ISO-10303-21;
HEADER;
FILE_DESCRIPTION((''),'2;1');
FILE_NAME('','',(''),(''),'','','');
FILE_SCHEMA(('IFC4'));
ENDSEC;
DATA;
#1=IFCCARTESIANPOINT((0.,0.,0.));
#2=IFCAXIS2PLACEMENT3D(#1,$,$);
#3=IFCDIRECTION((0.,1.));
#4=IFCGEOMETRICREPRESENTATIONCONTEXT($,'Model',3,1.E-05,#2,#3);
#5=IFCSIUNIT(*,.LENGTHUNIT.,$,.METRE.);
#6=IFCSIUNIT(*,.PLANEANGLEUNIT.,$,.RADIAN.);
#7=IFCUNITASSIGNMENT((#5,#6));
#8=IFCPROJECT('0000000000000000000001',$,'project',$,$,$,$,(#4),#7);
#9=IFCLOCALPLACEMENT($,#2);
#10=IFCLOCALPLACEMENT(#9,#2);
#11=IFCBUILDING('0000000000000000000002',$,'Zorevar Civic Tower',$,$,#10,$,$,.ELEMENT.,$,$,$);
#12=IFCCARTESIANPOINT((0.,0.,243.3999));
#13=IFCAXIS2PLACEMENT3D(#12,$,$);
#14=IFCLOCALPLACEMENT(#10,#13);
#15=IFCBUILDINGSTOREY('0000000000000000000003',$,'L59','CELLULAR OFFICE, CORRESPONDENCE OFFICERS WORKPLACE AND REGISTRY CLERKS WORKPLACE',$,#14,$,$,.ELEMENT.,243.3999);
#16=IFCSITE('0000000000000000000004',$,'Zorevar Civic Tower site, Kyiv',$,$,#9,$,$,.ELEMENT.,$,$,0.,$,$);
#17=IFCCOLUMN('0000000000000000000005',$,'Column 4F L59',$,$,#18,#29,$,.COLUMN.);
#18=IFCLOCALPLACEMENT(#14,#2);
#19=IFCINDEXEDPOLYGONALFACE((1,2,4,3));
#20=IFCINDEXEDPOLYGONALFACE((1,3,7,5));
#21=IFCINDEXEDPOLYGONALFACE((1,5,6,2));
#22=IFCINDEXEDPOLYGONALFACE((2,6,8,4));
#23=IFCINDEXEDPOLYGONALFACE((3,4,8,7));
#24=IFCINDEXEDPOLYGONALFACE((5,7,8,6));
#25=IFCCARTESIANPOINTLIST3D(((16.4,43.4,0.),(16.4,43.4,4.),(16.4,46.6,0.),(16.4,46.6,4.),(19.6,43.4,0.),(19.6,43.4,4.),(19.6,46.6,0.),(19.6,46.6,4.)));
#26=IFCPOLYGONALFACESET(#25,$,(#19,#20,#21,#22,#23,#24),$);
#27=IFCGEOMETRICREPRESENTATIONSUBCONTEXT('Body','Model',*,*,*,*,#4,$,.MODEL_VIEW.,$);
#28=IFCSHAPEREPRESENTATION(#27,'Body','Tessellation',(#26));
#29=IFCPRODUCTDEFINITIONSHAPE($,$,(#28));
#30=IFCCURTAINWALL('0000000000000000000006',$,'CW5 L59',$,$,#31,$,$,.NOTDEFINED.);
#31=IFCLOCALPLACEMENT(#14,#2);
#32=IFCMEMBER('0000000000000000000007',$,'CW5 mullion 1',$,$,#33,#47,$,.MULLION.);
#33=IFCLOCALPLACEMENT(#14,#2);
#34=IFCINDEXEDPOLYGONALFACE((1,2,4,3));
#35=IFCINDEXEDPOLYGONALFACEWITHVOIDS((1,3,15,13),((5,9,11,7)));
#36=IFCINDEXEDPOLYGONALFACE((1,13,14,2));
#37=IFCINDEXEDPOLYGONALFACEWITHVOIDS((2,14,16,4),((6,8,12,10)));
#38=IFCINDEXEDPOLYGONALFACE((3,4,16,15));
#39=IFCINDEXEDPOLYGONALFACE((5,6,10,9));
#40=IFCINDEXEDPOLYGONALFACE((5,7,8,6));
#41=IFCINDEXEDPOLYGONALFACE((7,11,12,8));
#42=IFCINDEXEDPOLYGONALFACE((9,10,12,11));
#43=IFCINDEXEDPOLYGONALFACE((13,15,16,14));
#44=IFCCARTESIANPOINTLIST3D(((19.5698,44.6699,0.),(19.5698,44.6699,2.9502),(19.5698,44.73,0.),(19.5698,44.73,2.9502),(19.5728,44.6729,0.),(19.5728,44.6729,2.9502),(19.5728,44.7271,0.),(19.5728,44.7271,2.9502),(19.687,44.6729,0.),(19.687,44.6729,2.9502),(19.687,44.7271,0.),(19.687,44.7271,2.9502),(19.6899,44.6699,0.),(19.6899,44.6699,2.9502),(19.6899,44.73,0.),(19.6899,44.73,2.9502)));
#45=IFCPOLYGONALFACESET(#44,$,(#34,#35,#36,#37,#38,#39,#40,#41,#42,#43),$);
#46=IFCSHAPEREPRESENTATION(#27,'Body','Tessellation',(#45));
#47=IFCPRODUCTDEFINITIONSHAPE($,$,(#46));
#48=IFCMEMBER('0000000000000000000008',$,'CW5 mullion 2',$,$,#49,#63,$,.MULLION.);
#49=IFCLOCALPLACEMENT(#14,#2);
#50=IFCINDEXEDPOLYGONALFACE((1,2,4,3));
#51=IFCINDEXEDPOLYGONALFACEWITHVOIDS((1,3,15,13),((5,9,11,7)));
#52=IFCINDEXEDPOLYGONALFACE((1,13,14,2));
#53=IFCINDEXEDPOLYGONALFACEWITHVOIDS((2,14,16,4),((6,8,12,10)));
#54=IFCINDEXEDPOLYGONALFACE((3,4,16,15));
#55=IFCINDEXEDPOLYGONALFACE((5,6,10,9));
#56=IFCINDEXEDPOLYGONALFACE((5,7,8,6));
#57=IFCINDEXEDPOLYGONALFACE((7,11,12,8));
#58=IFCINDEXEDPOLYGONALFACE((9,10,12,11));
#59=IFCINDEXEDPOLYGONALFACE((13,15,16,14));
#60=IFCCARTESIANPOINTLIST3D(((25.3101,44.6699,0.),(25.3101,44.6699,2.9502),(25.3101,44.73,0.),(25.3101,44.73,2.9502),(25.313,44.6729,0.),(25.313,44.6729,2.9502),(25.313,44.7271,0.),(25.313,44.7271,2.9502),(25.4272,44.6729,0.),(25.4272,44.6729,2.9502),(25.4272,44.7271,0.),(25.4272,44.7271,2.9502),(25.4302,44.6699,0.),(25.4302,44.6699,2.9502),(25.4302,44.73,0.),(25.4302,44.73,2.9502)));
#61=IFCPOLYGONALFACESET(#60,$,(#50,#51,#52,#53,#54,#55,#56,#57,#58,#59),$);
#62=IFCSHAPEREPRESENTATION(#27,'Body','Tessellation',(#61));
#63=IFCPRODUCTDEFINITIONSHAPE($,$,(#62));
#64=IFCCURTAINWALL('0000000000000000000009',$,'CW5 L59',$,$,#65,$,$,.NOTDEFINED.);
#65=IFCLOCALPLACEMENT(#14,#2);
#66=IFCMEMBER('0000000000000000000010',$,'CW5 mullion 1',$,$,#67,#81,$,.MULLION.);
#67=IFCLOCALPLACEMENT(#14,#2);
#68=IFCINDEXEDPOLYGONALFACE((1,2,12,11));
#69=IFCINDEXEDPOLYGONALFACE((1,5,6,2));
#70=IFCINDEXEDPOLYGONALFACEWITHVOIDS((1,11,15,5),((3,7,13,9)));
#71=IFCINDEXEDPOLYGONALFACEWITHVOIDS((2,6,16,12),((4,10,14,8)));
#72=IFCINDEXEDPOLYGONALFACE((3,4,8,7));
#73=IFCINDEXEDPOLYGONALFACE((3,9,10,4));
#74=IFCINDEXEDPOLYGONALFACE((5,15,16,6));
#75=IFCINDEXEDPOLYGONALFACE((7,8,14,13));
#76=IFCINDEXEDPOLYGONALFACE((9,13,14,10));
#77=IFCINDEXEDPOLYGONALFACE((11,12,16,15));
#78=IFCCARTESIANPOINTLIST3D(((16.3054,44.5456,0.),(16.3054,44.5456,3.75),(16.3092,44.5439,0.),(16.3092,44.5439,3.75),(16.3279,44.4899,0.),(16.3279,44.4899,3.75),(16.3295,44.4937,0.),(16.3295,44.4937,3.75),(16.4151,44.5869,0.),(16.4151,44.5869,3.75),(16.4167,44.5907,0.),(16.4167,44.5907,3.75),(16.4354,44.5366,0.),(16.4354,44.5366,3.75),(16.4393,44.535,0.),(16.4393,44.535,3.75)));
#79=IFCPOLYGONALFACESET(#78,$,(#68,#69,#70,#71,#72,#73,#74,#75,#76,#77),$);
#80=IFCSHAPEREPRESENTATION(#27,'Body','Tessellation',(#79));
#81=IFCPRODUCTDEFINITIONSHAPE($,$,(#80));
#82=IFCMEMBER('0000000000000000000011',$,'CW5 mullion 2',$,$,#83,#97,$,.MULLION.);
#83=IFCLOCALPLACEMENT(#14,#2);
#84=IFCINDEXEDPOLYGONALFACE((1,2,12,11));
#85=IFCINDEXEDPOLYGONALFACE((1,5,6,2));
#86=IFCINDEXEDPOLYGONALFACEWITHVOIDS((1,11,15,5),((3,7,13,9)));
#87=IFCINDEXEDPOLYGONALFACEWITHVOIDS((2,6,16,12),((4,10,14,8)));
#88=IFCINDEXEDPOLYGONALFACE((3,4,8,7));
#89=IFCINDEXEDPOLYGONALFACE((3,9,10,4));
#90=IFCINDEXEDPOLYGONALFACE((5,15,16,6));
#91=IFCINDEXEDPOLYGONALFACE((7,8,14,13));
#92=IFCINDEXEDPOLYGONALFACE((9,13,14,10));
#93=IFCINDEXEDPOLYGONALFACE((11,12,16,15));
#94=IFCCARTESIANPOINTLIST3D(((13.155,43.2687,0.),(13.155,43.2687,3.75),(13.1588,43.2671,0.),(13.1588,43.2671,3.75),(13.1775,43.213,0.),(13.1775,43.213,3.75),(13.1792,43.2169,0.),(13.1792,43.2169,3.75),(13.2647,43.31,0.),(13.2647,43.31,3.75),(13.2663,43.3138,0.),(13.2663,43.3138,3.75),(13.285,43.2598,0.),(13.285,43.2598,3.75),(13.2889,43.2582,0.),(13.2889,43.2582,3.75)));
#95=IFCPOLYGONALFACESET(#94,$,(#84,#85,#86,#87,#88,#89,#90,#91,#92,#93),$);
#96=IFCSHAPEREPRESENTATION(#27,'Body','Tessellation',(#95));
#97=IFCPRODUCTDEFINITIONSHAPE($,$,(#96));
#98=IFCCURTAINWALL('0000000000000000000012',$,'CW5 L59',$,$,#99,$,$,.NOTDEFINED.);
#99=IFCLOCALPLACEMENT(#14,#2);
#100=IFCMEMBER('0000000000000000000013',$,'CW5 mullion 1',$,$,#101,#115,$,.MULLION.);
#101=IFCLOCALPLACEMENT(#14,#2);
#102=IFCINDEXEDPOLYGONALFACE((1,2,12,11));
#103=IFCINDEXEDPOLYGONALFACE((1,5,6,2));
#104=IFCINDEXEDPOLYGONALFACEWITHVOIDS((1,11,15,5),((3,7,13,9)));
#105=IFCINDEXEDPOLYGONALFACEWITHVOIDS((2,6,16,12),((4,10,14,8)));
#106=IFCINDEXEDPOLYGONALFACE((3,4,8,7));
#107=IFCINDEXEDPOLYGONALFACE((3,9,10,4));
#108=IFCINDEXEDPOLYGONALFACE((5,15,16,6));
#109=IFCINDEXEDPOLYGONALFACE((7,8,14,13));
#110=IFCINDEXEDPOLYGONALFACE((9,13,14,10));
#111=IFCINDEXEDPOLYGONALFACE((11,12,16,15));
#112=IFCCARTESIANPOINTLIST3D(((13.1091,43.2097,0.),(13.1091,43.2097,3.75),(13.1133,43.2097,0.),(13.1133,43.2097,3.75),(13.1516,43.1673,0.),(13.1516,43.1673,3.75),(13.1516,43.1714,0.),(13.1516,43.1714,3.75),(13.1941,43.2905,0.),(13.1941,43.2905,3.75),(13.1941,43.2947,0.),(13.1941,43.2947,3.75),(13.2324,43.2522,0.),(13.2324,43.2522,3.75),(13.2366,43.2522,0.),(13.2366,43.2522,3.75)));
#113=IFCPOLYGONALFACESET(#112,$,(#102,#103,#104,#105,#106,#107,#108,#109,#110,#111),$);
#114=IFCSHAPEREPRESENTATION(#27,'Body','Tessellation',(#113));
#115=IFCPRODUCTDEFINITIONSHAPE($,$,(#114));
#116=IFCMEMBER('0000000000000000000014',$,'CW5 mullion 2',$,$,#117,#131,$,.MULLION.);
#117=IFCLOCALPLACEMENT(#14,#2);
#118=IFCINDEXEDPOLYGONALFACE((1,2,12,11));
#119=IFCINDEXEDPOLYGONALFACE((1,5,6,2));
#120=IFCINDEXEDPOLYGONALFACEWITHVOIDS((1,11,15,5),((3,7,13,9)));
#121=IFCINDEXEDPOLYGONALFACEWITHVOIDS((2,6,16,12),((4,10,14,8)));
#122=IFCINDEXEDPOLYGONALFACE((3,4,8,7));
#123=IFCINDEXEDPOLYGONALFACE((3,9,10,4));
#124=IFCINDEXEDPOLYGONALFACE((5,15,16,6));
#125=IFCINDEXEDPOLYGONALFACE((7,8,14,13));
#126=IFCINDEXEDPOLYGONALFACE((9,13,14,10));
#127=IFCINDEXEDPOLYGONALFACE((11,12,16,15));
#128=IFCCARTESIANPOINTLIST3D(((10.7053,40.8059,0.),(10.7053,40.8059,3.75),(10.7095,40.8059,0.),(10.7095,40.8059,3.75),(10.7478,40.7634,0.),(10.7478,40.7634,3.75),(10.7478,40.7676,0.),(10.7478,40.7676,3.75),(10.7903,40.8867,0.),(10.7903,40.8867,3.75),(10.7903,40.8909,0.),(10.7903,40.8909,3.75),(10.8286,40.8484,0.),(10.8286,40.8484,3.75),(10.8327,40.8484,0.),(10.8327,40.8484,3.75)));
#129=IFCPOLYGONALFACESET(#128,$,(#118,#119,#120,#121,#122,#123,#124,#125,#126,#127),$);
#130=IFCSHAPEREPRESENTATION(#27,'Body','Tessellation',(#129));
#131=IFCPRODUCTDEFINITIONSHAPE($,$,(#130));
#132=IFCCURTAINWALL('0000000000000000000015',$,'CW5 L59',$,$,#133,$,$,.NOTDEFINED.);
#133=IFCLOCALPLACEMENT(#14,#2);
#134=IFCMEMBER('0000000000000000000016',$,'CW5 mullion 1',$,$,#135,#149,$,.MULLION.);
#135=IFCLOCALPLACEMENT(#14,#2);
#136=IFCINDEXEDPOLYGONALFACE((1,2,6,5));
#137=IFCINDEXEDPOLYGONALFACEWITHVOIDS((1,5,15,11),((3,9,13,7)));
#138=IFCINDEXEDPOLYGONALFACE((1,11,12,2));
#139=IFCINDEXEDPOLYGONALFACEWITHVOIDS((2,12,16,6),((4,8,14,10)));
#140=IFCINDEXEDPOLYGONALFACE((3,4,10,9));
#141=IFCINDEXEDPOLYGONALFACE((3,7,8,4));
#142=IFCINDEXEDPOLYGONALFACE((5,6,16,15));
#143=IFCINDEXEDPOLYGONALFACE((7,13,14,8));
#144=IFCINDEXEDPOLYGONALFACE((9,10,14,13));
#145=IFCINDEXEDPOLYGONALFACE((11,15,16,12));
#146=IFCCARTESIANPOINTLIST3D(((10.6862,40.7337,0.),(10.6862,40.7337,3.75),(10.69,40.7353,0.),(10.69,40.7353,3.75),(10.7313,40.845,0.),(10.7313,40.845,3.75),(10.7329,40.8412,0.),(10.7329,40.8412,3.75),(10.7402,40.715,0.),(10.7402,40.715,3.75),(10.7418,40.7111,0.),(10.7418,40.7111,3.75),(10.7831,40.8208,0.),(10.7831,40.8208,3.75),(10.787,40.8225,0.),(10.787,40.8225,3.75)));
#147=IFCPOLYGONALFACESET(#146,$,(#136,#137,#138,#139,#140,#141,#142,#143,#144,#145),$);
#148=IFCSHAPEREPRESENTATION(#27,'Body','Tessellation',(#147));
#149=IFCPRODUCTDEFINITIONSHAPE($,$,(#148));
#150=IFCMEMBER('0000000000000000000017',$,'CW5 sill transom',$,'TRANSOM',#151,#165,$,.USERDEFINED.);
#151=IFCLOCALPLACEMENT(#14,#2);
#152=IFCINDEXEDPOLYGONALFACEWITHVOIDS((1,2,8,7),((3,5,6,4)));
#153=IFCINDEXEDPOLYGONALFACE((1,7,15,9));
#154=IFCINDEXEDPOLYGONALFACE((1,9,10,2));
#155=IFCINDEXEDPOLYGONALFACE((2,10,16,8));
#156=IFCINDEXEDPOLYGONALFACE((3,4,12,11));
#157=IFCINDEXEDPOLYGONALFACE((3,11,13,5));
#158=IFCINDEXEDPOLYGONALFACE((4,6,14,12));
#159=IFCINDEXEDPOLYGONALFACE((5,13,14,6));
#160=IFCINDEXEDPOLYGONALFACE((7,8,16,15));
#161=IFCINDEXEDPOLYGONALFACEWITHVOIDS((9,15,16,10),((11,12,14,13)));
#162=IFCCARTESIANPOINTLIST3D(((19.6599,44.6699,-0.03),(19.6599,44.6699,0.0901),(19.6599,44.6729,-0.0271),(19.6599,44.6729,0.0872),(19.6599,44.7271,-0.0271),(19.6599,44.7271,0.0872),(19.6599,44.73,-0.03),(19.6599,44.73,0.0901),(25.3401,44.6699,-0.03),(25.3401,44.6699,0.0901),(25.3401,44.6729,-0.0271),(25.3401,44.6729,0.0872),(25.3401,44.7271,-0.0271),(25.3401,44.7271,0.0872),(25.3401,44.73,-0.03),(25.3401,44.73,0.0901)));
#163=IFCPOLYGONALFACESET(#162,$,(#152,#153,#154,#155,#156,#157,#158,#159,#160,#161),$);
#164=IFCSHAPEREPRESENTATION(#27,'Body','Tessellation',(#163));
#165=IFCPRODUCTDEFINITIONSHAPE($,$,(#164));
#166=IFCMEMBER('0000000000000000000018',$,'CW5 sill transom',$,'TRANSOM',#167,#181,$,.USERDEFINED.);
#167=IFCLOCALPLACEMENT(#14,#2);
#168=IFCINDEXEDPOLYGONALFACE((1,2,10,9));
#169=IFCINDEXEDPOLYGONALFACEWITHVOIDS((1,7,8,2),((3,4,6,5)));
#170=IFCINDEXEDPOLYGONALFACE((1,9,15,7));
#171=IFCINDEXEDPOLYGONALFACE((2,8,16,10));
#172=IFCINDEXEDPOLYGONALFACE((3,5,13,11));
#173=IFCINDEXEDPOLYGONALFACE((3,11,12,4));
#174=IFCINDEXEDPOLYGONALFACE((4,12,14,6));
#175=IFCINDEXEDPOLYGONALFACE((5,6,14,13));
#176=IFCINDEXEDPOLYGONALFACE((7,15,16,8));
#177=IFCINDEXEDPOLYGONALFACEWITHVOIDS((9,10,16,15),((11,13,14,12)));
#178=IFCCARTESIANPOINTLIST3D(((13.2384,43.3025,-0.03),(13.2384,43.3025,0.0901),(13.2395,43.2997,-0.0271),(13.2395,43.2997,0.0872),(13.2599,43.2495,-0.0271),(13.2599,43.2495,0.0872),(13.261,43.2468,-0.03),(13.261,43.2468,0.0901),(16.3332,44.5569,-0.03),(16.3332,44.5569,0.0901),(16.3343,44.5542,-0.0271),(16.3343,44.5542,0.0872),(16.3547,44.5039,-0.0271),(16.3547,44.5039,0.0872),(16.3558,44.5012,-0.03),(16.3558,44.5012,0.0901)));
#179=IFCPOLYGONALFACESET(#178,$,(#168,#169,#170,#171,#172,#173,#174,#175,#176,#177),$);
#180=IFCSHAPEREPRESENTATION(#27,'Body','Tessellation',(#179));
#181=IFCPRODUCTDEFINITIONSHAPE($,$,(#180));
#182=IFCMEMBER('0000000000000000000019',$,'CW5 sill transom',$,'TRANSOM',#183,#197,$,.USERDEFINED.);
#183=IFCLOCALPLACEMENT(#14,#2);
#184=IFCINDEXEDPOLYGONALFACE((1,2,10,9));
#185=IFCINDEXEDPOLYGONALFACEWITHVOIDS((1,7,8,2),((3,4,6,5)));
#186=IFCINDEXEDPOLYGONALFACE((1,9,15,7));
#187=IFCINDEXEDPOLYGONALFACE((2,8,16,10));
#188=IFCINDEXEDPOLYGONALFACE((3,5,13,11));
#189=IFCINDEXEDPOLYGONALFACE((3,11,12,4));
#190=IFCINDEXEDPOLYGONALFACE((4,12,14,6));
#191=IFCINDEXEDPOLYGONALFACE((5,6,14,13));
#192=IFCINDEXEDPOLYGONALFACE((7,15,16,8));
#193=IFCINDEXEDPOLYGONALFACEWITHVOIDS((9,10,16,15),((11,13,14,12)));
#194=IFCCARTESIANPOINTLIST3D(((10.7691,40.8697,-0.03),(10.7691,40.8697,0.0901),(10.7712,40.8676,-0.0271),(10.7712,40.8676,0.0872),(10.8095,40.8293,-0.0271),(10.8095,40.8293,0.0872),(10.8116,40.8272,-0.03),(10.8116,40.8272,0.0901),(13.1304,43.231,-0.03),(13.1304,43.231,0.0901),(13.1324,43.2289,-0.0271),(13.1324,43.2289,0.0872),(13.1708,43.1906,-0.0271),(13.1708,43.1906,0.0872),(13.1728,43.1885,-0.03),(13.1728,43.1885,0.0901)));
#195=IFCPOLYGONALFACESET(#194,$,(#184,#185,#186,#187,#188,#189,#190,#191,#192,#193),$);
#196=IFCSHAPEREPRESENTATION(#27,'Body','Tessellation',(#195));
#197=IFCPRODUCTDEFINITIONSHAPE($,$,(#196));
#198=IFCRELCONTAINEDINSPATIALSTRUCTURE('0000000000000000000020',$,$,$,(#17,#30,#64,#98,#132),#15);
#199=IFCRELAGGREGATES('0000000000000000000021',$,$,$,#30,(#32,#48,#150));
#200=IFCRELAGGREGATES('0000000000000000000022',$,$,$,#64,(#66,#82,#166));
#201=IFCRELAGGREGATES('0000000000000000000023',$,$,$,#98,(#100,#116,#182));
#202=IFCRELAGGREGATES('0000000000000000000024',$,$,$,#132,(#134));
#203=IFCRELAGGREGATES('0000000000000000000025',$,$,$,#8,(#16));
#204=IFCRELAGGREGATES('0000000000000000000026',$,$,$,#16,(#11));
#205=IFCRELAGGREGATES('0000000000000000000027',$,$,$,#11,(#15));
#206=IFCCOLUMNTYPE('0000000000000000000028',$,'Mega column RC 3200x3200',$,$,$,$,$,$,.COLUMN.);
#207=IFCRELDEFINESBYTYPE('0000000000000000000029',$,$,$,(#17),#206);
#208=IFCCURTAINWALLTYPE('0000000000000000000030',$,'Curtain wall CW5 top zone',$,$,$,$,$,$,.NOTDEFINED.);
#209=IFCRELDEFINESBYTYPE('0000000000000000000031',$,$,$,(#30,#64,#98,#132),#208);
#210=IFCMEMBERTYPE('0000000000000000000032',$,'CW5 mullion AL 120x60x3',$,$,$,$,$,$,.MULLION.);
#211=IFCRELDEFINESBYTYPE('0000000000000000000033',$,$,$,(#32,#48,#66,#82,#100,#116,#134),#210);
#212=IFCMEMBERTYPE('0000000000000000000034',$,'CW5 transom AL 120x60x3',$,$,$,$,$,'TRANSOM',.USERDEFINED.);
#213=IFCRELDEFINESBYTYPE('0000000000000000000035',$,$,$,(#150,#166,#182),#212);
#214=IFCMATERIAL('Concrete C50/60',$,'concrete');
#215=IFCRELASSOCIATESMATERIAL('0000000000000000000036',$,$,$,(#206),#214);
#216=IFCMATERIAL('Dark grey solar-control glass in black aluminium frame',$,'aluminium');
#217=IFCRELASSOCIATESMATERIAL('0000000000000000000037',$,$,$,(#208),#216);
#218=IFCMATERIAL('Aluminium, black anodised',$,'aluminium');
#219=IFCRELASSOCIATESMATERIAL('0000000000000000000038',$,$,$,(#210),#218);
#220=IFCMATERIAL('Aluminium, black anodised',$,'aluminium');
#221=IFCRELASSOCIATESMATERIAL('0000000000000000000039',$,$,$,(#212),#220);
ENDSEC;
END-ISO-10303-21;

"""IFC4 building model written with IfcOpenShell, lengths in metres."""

from ifc_helpers import new_model, si_unit, direction, frame, origin, origin_2d, place, context, subcontext, project, spatial, rectangle, hollow_rectangle, extrude, material, material_profile, profile_set, type_object, element, aggregate, save


model = new_model("IFC4")

# Units and contexts
model_context = context("Model", 3, precision=1e-05, world=origin(), true_north=direction((0.0, 1.0)))
body_context = subcontext(model_context, "Body", "Model", "MODEL_VIEW")
ifc_project = project(units=[si_unit("LENGTHUNIT", "METRE"), si_unit("PLANEANGLEUNIT", "RADIAN")], contexts=[model_context])

# Site, building, storey
site_placement = place(None, origin())
site = spatial("IfcSite", under=ifc_project, at=site_placement, Name="Zorevar Civic Tower site, Kyiv", CompositionType="ELEMENT", RefElevation=0.0)
building_placement = place(site_placement, origin())
building = spatial("IfcBuilding", under=site, at=building_placement, Name="Zorevar Civic Tower", CompositionType="ELEMENT")
storey_placement = place(building_placement, frame((0.0, 0.0, 243.3999)))
storey = spatial("IfcBuildingStorey", under=building, at=storey_placement, Name="L59", Description="CELLULAR OFFICE, CORRESPONDENCE OFFICERS WORKPLACE AND REGISTRY CLERKS WORKPLACE", CompositionType="ELEMENT", Elevation=243.3999)

# Column
ifc_material_1 = material(Name="Concrete C50/60", Category="concrete")
ifc_material_profile_1 = material_profile(ifc_material_1, rectangle(XDim=3.2, YDim=3.2, at=origin_2d()), Name="RC 3200x3200")
ifc_profile_set_1 = profile_set([ifc_material_profile_1], Name="Concrete C50/60")
column_type = type_object("IfcColumnType", Name="Mega column RC 3200x3200", PredefinedType="COLUMN", material=ifc_profile_set_1)
column_placement = place(storey_placement, frame((18.0, 45.0, 0.0), z_axis=(0.0, 0.0, 1.0), x_axis=(1.0, 0.0, 0.0)))
element("IfcColumn", 1, at=column_placement, inside=storey, type_object=column_type, Name="Column 4F L59", PredefinedType="COLUMN", context=body_context, shape_type="SweptSolid", body=[
    extrude(rectangle(XDim=3.2, YDim=3.2, at=origin_2d()), origin(), (0.0, 0.0, 1.0), 4.0),
])

# Curtain walls, members
ifc_material_2 = material(Name="Dark grey solar-control glass in black aluminium frame", Category="aluminium")
curtain_wall_type = type_object("IfcCurtainWallType", Name="Curtain wall CW5 top zone", PredefinedType="NOTDEFINED", material=ifc_material_2)
curtain_wall_1_placement = place(storey_placement, origin())
curtain_wall_1 = element("IfcCurtainWall", 2, at=curtain_wall_1_placement, inside=storey, type_object=curtain_wall_type, Name="CW5 L59", PredefinedType="NOTDEFINED")
ifc_material_3 = material(Name="Aluminium, black anodised", Category="aluminium")
ifc_material_profile_2 = material_profile(ifc_material_3, hollow_rectangle(XDim=0.0601, YDim=0.1201, WallThickness=0.0029, at=origin_2d()), Name="AL 120x60x3")
ifc_profile_set_2 = profile_set([ifc_material_profile_2], Name="Aluminium, black anodised")
member_type_1 = type_object("IfcMemberType", Name="CW5 mullion AL 120x60x3", PredefinedType="MULLION", material=ifc_profile_set_2)
member_1_placement = place(storey_placement, frame((19.6299, 44.7, 0.0), z_axis=(0.0, 0.0, 1.0), x_axis=(0.0, 1.0, 0.0)))
member_1 = element("IfcMember", 3, at=member_1_placement, type_object=member_type_1, Name="CW5 mullion 1", PredefinedType="MULLION", context=body_context, shape_type="SweptSolid", body=[
    extrude(hollow_rectangle(XDim=0.0601, YDim=0.1201, WallThickness=0.0029, at=origin_2d()), origin(), (0.0, 0.0, 1.0), 2.9502),
])
member_2_placement = place(storey_placement, frame((25.3701, 44.7, 0.0), z_axis=(0.0, 0.0, 1.0), x_axis=(0.0, 1.0, 0.0)))
member_2 = element("IfcMember", 4, at=member_2_placement, type_object=member_type_1, Name="CW5 mullion 2", PredefinedType="MULLION", context=body_context, shape_type="SweptSolid", body=[
    extrude(hollow_rectangle(XDim=0.0601, YDim=0.1201, WallThickness=0.0029, at=origin_2d()), origin(), (0.0, 0.0, 1.0), 2.9502),
])
curtain_wall_2_placement = place(storey_placement, origin())
curtain_wall_2 = element("IfcCurtainWall", 5, at=curtain_wall_2_placement, inside=storey, type_object=curtain_wall_type, Name="CW5 L59", PredefinedType="NOTDEFINED")
member_3_placement = place(storey_placement, frame((16.3723, 44.5403, 0.0), z_axis=(0.0, 0.0, 1.0), x_axis=(0.37565, -0.926762, 0.0)))
member_3 = element("IfcMember", 6, at=member_3_placement, type_object=member_type_1, Name="CW5 mullion 1", PredefinedType="MULLION", context=body_context, shape_type="SweptSolid", body=[
    extrude(hollow_rectangle(XDim=0.0601, YDim=0.1201, WallThickness=0.0029, at=origin_2d()), origin(), (0.0, 0.0, 1.0), 3.75),
])
member_4_placement = place(storey_placement, frame((13.2219, 43.2634, 0.0), z_axis=(0.0, 0.0, 1.0), x_axis=(0.37565, -0.926762, 0.0)))
member_4 = element("IfcMember", 7, at=member_4_placement, type_object=member_type_1, Name="CW5 mullion 2", PredefinedType="MULLION", context=body_context, shape_type="SweptSolid", body=[
    extrude(hollow_rectangle(XDim=0.0601, YDim=0.1201, WallThickness=0.0029, at=origin_2d()), origin(), (0.0, 0.0, 1.0), 3.75),
])
curtain_wall_3_placement = place(storey_placement, origin())
curtain_wall_3 = element("IfcCurtainWall", 8, at=curtain_wall_3_placement, inside=storey, type_object=curtain_wall_type, Name="CW5 L59", PredefinedType="NOTDEFINED")
member_5_placement = place(storey_placement, frame((13.1729, 43.231, 0.0), z_axis=(0.0, 0.0, 1.0), x_axis=(0.707107, -0.707107, 0.0)))
member_5 = element("IfcMember", 9, at=member_5_placement, type_object=member_type_1, Name="CW5 mullion 1", PredefinedType="MULLION", context=body_context, shape_type="SweptSolid", body=[
    extrude(hollow_rectangle(XDim=0.0601, YDim=0.1201, WallThickness=0.0029, at=origin_2d()), origin(), (0.0, 0.0, 1.0), 3.75),
])
member_6_placement = place(storey_placement, frame((10.769, 40.8271, 0.0), z_axis=(0.0, 0.0, 1.0), x_axis=(0.707107, -0.707107, 0.0)))
member_6 = element("IfcMember", 10, at=member_6_placement, type_object=member_type_1, Name="CW5 mullion 2", PredefinedType="MULLION", context=body_context, shape_type="SweptSolid", body=[
    extrude(hollow_rectangle(XDim=0.0601, YDim=0.1201, WallThickness=0.0029, at=origin_2d()), origin(), (0.0, 0.0, 1.0), 3.75),
])

# Curtain wall, member
curtain_wall_4_placement = place(storey_placement, origin())
curtain_wall_4 = element("IfcCurtainWall", 11, at=curtain_wall_4_placement, inside=storey, type_object=curtain_wall_type, Name="CW5 L59", PredefinedType="NOTDEFINED")
member_7_placement = place(storey_placement, frame((10.7366, 40.7781, 0.0), z_axis=(0.0, 0.0, 1.0), x_axis=(0.926762, -0.37565, 0.0)))
member_7 = element("IfcMember", 12, at=member_7_placement, type_object=member_type_1, Name="CW5 mullion 1", PredefinedType="MULLION", context=body_context, shape_type="SweptSolid", body=[
    extrude(hollow_rectangle(XDim=0.0601, YDim=0.1201, WallThickness=0.0029, at=origin_2d()), origin(), (0.0, 0.0, 1.0), 3.75),
])

# Members
ifc_material_4 = material(Name="Aluminium, black anodised", Category="aluminium")
ifc_material_profile_3 = material_profile(ifc_material_4, hollow_rectangle(XDim=0.0601, YDim=0.1201, WallThickness=0.0029, at=origin_2d()), Name="AL 120x60x3")
ifc_profile_set_3 = profile_set([ifc_material_profile_3], Name="Aluminium, black anodised")
member_type_2 = type_object("IfcMemberType", Name="CW5 transom AL 120x60x3", ElementType="TRANSOM", PredefinedType="USERDEFINED", material=ifc_profile_set_3)
member_8_placement = place(storey_placement, frame((19.6599, 44.7, 0.03), z_axis=(1.0, 0.0, 0.0), x_axis=(0.0, 1.0, 0.0)))
member_8 = element("IfcMember", 13, at=member_8_placement, type_object=member_type_2, Name="CW5 sill transom", ObjectType="TRANSOM", PredefinedType="USERDEFINED", context=body_context, shape_type="SweptSolid", body=[
    extrude(hollow_rectangle(XDim=0.0601, YDim=0.1201, WallThickness=0.0029, at=origin_2d()), origin(), (0.0, 0.0, 1.0), 5.6802),
])
member_9_placement = place(storey_placement, frame((16.3445, 44.5291, 0.03), z_axis=(-0.926763, -0.375647, 0.0), x_axis=(0.375647, -0.926763, 0.0)))
member_9 = element("IfcMember", 14, at=member_9_placement, type_object=member_type_2, Name="CW5 sill transom", ObjectType="TRANSOM", PredefinedType="USERDEFINED", context=body_context, shape_type="SweptSolid", body=[
    extrude(hollow_rectangle(XDim=0.0601, YDim=0.1201, WallThickness=0.0029, at=origin_2d()), origin(), (0.0, 0.0, 1.0), 3.3394),
])
member_10_placement = place(storey_placement, frame((13.1516, 43.2097, 0.03), z_axis=(-0.707107, -0.707107, 0.0), x_axis=(0.707107, -0.707107, 0.0)))
member_10 = element("IfcMember", 15, at=member_10_placement, type_object=member_type_2, Name="CW5 sill transom", ObjectType="TRANSOM", PredefinedType="USERDEFINED", context=body_context, shape_type="SweptSolid", body=[
    extrude(hollow_rectangle(XDim=0.0601, YDim=0.1201, WallThickness=0.0029, at=origin_2d()), origin(), (0.0, 0.0, 1.0), 3.3394),
])

aggregate(curtain_wall_1, [member_1, member_2, member_8])
aggregate(curtain_wall_2, [member_3, member_4, member_9])
aggregate(curtain_wall_3, [member_5, member_6, member_10])
aggregate(curtain_wall_4, [member_7])

save(model, "model.ifc")
